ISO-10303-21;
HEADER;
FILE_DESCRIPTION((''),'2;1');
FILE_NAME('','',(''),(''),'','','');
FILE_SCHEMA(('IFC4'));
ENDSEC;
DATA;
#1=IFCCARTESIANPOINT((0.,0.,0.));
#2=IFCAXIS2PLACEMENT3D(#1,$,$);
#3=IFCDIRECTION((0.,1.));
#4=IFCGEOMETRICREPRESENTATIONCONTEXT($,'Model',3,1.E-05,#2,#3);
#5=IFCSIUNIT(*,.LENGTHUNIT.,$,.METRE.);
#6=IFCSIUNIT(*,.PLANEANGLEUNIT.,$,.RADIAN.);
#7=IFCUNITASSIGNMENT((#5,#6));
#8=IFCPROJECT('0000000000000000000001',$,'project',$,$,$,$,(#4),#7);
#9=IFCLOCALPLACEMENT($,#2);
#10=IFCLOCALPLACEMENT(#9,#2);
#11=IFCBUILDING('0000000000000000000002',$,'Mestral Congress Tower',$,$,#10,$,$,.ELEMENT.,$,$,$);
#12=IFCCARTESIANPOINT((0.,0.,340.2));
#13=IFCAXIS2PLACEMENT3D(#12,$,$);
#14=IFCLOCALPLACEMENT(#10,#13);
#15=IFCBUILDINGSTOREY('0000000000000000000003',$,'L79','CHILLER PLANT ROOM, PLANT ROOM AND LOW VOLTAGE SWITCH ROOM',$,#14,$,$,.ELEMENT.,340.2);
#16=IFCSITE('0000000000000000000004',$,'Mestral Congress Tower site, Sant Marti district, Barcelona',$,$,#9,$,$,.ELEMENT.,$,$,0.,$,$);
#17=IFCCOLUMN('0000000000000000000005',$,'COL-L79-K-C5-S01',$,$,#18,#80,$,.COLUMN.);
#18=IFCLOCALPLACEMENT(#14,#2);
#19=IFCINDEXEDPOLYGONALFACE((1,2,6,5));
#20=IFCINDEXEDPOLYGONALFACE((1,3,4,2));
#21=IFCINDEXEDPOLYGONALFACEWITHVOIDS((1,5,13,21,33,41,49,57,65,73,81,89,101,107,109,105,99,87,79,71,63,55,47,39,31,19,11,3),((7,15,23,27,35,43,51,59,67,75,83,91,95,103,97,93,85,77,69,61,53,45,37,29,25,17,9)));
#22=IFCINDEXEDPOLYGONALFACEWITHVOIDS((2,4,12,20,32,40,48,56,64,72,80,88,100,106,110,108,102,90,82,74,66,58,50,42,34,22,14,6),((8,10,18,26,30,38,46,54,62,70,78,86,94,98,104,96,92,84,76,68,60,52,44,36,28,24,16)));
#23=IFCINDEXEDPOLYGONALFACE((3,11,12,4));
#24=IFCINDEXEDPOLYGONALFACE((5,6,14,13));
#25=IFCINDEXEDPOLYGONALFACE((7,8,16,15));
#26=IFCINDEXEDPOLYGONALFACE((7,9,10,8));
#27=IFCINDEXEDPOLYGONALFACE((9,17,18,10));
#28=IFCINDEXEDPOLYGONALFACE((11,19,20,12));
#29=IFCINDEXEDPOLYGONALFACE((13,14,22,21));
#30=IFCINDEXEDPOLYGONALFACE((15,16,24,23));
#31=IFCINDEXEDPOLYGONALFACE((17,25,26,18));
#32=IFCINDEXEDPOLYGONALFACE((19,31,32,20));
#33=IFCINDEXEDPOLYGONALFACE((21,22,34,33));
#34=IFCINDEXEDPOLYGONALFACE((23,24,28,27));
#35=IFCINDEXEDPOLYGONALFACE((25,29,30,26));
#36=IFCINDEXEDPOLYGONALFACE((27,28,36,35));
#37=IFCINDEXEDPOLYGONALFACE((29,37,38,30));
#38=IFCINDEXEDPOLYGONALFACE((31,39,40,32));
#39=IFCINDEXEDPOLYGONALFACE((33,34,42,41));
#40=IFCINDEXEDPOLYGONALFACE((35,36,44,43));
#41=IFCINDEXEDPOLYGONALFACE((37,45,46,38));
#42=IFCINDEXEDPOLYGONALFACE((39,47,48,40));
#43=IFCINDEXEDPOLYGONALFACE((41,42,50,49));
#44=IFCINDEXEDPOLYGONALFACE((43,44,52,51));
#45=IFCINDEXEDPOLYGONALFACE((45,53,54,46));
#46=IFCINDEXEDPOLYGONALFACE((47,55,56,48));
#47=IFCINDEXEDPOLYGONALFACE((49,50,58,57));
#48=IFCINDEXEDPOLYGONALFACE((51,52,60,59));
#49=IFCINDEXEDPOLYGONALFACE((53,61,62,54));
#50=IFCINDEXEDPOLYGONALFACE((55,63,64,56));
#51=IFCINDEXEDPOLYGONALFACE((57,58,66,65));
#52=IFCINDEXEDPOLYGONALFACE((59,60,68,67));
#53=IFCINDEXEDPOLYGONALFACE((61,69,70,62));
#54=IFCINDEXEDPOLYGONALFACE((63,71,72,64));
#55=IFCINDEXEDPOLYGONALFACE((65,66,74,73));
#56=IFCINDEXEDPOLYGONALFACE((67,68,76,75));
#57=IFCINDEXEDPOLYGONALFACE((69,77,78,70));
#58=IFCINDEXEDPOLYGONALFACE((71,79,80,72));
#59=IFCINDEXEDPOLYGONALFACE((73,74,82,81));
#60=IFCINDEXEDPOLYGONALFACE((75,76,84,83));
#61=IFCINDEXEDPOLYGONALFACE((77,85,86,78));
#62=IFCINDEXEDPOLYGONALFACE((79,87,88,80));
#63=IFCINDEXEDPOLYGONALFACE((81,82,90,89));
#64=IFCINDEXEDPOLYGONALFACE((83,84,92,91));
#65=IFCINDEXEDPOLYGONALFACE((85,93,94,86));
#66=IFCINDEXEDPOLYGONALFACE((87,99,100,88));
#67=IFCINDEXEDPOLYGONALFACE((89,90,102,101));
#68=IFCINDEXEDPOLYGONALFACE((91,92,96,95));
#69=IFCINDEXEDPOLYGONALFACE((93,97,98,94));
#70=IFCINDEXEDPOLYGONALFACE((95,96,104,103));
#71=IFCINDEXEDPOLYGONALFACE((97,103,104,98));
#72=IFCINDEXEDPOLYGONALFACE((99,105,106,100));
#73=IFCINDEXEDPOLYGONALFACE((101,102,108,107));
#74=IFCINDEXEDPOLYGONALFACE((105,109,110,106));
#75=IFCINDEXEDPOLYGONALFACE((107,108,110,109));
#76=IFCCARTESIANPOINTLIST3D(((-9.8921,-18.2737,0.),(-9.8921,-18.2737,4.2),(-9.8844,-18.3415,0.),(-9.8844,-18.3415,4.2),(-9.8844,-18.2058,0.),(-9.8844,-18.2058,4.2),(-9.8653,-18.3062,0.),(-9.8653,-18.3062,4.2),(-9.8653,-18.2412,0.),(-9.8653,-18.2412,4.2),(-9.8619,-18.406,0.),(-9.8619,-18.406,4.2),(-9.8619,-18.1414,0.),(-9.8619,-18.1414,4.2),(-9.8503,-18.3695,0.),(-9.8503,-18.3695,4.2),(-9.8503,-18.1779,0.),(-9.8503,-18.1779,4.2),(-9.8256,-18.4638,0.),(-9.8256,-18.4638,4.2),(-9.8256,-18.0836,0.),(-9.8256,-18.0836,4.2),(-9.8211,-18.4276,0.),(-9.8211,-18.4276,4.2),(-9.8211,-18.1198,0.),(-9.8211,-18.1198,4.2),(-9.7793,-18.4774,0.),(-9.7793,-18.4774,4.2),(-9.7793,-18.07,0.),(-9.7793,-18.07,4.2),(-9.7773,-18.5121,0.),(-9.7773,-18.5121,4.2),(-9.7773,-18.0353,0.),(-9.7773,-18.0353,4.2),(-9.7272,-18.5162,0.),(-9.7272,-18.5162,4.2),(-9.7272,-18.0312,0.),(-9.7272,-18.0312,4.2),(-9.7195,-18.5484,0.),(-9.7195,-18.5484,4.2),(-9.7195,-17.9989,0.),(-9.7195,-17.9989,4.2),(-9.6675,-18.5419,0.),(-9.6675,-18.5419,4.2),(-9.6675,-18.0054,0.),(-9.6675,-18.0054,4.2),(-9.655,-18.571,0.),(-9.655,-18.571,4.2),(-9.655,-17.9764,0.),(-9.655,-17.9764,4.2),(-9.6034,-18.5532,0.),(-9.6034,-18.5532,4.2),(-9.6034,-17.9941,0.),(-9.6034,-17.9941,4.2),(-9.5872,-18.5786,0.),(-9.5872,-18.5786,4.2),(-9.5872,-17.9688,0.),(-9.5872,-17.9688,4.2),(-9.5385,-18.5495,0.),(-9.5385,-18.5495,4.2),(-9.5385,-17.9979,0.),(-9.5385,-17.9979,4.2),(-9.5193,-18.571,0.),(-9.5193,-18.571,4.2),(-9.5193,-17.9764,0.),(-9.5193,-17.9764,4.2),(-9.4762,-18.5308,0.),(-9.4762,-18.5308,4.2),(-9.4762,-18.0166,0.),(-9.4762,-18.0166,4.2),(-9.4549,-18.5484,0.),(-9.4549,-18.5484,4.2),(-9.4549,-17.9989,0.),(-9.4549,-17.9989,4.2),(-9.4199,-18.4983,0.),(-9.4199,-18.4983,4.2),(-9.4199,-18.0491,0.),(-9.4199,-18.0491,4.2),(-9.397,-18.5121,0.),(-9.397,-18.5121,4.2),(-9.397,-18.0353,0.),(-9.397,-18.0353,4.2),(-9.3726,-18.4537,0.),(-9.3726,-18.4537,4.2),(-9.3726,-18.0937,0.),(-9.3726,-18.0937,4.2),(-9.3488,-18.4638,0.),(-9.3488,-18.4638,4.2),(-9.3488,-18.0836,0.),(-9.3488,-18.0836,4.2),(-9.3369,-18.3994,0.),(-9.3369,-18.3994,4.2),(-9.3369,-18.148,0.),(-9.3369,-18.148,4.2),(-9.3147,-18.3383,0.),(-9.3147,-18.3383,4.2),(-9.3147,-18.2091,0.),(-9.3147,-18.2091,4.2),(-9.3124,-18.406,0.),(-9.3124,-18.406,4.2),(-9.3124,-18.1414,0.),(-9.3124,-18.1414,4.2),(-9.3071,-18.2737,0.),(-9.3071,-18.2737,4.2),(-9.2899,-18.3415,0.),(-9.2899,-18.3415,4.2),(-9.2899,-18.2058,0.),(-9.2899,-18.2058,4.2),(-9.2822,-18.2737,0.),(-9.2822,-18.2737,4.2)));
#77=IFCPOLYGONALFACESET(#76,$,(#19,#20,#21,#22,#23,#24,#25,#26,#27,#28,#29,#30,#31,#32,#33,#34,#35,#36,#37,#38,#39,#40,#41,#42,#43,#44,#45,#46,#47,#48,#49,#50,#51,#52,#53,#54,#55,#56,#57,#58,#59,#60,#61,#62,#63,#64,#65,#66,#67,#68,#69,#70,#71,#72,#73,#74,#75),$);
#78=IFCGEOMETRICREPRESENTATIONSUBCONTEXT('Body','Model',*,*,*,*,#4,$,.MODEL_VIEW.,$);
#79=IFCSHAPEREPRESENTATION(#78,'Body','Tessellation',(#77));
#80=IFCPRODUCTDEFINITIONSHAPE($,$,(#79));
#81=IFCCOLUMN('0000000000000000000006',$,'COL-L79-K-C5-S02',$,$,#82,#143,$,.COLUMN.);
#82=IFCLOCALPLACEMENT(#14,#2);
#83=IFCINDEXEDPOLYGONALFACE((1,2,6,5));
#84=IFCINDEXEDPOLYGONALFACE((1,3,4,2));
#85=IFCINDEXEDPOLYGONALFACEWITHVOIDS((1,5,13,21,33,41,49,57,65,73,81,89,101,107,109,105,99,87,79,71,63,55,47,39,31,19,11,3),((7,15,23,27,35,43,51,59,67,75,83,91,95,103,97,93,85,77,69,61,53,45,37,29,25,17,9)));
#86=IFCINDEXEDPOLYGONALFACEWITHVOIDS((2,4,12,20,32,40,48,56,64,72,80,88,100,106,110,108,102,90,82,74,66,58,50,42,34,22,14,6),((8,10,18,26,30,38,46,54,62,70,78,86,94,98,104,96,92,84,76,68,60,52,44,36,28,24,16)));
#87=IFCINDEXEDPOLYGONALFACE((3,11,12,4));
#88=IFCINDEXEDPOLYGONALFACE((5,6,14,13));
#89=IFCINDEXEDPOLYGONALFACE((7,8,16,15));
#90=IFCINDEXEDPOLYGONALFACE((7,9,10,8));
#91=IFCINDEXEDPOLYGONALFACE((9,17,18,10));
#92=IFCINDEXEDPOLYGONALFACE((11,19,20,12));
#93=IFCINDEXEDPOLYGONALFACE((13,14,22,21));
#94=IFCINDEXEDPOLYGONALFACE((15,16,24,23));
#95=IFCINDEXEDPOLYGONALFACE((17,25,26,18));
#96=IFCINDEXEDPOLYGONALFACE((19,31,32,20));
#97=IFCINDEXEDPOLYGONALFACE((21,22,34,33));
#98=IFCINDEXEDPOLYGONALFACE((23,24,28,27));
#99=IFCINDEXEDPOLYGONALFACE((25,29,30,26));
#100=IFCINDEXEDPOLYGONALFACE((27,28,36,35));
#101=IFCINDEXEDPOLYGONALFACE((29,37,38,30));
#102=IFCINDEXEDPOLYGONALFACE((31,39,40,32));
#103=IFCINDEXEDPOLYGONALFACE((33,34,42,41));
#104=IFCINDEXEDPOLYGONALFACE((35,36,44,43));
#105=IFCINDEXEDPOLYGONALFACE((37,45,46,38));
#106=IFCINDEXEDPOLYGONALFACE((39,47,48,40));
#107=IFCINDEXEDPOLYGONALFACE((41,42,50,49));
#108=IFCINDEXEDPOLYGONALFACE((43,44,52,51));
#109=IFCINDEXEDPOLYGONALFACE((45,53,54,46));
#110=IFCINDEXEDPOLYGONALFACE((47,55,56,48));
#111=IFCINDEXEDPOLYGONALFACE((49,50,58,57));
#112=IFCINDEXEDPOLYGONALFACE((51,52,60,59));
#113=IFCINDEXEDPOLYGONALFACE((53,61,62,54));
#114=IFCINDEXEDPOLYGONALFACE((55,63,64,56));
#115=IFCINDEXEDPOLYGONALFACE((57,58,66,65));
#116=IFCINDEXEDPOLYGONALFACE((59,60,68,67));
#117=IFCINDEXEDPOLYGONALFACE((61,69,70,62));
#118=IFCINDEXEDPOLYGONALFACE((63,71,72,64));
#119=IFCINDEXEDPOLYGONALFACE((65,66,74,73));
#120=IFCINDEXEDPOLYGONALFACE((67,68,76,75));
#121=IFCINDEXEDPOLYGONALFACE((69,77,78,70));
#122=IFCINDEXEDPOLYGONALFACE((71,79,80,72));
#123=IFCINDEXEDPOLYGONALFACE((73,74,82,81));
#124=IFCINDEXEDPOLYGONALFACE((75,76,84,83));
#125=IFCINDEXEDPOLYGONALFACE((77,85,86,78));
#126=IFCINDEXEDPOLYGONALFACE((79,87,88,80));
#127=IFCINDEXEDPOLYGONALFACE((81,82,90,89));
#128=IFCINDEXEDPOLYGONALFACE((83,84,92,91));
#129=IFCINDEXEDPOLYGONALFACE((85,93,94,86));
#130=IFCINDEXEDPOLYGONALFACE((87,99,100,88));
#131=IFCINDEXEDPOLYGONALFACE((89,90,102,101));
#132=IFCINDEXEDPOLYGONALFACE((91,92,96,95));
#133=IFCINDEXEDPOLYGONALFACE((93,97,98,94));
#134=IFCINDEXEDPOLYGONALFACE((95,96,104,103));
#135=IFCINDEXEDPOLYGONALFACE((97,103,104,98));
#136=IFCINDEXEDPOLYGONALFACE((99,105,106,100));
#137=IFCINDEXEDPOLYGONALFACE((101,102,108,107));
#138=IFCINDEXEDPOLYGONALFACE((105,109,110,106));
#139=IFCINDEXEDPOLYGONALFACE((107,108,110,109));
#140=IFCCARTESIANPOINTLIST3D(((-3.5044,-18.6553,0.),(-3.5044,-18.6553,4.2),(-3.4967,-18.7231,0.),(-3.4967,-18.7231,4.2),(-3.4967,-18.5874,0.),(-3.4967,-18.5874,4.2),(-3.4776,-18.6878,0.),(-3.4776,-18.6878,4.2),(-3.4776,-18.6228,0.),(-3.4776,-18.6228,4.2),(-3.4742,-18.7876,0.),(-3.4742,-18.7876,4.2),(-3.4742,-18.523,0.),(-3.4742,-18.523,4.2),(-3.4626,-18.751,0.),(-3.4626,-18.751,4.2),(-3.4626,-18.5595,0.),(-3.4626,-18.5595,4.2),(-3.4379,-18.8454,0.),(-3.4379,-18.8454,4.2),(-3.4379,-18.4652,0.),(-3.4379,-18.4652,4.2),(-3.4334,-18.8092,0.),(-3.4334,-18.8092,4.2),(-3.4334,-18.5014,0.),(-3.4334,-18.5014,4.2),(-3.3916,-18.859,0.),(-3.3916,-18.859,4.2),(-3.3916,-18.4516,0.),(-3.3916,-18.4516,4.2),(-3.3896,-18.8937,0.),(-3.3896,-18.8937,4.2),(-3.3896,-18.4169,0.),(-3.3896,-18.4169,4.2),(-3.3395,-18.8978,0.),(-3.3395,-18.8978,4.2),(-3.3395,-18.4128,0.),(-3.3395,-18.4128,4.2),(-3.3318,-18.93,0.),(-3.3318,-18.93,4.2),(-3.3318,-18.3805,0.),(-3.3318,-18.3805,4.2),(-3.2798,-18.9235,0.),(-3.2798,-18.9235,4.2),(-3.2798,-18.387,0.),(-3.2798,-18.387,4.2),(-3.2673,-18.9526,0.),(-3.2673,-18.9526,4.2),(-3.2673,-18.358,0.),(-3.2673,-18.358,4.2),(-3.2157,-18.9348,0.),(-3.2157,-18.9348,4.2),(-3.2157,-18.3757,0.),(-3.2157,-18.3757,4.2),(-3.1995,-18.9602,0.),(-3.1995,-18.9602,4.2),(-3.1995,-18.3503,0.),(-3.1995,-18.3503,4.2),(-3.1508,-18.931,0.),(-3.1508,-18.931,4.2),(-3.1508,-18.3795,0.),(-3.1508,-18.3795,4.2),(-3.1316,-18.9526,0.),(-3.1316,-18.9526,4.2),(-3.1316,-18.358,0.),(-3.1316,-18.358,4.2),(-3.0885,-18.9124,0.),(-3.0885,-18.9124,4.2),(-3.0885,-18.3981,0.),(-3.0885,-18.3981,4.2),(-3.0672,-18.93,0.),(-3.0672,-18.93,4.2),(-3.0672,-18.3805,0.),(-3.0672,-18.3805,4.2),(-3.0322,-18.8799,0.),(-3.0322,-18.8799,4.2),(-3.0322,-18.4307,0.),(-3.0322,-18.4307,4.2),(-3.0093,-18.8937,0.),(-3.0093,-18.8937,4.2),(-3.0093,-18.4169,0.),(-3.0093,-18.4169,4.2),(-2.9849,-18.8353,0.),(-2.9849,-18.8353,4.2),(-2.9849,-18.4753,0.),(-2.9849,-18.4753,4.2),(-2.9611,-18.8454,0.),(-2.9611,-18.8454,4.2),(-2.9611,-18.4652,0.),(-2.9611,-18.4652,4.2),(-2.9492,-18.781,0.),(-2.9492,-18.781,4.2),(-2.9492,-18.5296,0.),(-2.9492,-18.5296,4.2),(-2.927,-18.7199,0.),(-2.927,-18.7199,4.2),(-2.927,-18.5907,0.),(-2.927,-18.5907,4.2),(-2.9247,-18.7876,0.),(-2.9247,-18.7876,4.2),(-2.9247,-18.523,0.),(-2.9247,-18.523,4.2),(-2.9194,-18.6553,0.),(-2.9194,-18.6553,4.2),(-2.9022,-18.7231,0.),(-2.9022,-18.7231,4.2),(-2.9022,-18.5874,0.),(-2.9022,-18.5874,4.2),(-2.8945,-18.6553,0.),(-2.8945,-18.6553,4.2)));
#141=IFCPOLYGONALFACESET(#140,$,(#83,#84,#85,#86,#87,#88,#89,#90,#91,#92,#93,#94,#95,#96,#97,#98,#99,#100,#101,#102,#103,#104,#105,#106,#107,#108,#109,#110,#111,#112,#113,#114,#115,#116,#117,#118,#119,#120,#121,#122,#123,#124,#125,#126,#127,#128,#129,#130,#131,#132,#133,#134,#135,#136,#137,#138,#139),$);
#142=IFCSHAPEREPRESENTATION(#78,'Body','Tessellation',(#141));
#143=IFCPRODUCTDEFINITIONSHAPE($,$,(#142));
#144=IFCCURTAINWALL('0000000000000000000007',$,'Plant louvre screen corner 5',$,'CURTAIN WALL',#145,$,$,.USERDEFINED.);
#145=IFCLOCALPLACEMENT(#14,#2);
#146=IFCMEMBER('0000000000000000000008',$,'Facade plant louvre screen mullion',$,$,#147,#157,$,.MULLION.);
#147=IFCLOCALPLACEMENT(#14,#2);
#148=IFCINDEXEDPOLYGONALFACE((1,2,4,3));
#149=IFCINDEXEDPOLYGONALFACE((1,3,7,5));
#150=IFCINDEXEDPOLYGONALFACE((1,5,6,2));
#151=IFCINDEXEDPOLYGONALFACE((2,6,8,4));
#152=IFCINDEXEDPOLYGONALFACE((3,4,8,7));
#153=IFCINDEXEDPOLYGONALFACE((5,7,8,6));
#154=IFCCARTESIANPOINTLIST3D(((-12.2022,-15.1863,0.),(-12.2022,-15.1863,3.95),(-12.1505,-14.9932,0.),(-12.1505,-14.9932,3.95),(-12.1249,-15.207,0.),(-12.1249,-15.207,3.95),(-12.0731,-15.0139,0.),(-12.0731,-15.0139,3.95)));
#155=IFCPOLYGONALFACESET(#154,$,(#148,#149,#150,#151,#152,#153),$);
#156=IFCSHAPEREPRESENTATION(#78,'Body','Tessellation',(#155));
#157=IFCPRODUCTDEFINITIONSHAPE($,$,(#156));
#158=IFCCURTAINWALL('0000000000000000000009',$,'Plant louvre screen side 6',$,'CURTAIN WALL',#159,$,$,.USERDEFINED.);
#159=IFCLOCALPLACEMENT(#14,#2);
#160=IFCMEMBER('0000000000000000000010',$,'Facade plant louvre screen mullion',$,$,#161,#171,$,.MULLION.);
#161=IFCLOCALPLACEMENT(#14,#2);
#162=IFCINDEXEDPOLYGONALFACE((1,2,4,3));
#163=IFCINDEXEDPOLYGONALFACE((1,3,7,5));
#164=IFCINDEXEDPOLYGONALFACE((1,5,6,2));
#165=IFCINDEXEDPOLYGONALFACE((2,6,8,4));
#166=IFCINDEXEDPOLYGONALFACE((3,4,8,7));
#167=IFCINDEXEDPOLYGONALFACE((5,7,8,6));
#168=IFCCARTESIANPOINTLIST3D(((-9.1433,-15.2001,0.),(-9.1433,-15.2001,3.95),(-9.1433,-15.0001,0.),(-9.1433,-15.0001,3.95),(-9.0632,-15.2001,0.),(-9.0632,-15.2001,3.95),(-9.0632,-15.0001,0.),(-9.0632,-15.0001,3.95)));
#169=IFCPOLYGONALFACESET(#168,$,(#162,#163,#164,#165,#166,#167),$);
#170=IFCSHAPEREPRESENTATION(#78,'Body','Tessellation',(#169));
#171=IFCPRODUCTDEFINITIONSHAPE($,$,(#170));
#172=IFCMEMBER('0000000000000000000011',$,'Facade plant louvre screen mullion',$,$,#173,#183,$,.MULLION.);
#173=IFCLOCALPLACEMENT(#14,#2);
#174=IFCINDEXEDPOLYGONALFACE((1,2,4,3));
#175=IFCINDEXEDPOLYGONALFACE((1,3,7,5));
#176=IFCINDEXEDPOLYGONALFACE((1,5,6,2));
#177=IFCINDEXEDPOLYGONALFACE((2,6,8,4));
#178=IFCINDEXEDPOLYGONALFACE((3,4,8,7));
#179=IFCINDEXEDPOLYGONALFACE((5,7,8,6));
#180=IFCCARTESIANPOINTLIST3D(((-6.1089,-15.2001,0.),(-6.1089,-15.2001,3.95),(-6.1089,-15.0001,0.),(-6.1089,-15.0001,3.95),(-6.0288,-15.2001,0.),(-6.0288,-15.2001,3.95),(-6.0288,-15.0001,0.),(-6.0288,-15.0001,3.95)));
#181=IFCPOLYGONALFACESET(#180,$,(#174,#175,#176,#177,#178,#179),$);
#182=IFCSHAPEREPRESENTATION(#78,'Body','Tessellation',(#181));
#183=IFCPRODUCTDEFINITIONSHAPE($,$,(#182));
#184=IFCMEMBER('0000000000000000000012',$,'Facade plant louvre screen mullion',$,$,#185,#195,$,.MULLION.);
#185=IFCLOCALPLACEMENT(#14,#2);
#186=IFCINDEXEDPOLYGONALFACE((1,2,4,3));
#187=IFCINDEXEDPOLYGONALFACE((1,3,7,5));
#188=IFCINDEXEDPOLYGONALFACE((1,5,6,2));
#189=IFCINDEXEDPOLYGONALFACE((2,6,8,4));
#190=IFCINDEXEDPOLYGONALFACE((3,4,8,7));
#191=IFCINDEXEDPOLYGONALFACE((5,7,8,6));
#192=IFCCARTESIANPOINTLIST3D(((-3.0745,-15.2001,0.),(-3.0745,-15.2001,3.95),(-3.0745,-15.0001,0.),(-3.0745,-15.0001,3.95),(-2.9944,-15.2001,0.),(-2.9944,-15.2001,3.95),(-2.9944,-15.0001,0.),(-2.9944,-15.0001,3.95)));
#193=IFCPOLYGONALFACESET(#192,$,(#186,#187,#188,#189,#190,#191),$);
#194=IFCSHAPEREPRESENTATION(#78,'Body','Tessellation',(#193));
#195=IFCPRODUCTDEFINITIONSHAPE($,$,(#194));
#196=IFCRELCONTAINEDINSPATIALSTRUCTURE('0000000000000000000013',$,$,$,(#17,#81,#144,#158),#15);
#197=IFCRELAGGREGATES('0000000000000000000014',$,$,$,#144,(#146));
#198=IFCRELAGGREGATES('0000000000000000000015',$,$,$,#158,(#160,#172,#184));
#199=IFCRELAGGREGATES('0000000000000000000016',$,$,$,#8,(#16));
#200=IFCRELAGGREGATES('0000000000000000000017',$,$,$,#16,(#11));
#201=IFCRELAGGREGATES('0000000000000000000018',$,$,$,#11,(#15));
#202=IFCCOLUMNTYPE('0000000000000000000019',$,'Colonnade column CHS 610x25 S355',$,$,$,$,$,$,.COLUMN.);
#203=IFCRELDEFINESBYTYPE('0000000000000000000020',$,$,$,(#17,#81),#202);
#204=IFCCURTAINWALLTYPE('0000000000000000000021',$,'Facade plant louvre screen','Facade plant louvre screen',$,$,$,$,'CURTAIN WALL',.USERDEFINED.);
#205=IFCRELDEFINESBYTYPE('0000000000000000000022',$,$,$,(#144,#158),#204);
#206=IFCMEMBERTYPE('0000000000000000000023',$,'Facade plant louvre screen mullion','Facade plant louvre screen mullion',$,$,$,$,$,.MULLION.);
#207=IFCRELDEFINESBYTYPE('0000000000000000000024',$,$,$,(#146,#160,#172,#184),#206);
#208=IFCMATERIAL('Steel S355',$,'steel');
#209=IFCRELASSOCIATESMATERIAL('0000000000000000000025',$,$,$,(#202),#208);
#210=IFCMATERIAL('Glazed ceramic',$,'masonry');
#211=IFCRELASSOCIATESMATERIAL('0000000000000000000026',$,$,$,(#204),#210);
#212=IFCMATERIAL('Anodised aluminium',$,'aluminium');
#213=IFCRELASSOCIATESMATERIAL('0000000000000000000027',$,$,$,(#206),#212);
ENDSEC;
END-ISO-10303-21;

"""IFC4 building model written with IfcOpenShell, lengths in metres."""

from ifc_helpers import new_model, si_unit, direction, frame, origin, origin_2d, place, context, subcontext, project, spatial, rectangle, hollow_circle, extrude, material, material_profile, profile_set, type_object, element, aggregate, save


model = new_model("IFC4")

# Units and contexts
model_context = context("Model", 3, precision=1e-05, world=origin(), true_north=direction((0.0, 1.0)))
body_context = subcontext(model_context, "Body", "Model", "MODEL_VIEW")
ifc_project = project(units=[si_unit("LENGTHUNIT", "METRE"), si_unit("PLANEANGLEUNIT", "RADIAN")], contexts=[model_context])

# Site, building, storey
site_placement = place(None, origin())
site = spatial("IfcSite", under=ifc_project, at=site_placement, Name="Mestral Congress Tower site, Sant Marti district, Barcelona", CompositionType="ELEMENT", RefElevation=0.0)
building_placement = place(site_placement, origin())
building = spatial("IfcBuilding", under=site, at=building_placement, Name="Mestral Congress Tower", CompositionType="ELEMENT")
storey_placement = place(building_placement, frame((0.0, 0.0, 340.2)))
storey = spatial("IfcBuildingStorey", under=building, at=storey_placement, Name="L79", Description="CHILLER PLANT ROOM, PLANT ROOM AND LOW VOLTAGE SWITCH ROOM", CompositionType="ELEMENT", Elevation=340.2)

# Columns
ifc_material_1 = material(Name="Steel S355", Category="steel")
ifc_material_profile_1 = material_profile(ifc_material_1, hollow_circle(Radius=0.3049, WallThickness=0.0249, at=origin_2d()), Name="CHS 610x25")
ifc_profile_set_1 = profile_set([ifc_material_profile_1], Name="Steel S355")
column_type = type_object("IfcColumnType", Name="Colonnade column CHS 610x25 S355", PredefinedType="COLUMN", material=ifc_profile_set_1)
for number, where, z_axis, x_axis, name in (
    (1, (-9.5872, -18.2737, 0.0), (0.0, 0.0, 1.0), (1.0, 0.0, 0.0), "COL-L79-K-C5-S01"),
    (2, (-3.1995, -18.6553, 0.0), (0.0, 0.0, 1.0), (1.0, 0.0, 0.0), "COL-L79-K-C5-S02"),
):
    element("IfcColumn", number, at=place(storey_placement, frame(where, z_axis=z_axis, x_axis=x_axis)), inside=storey, type_object=column_type, Name=name, PredefinedType="COLUMN", context=body_context, shape_type="SweptSolid", body=[
        extrude(hollow_circle(Radius=0.3049, WallThickness=0.0249, at=origin_2d()), origin(), (0.0, 0.0, 1.0), 4.2),
    ])

# Curtain wall, member
ifc_material_2 = material(Name="Glazed ceramic", Category="masonry")
curtain_wall_type = type_object("IfcCurtainWallType", Name="Facade plant louvre screen", Description="Facade plant louvre screen", ElementType="CURTAIN WALL", PredefinedType="USERDEFINED", material=ifc_material_2)
placement = place(storey_placement, origin())
curtain_wall_1 = element("IfcCurtainWall", 3, at=placement, inside=storey, type_object=curtain_wall_type, Name="Plant louvre screen corner 5", ObjectType="CURTAIN WALL", PredefinedType="USERDEFINED")
ifc_material_3 = material(Name="Anodised aluminium", Category="aluminium")
ifc_material_profile_2 = material_profile(ifc_material_3, rectangle(XDim=0.2, YDim=0.0801, at=origin_2d()), Name="CW6 mullion 200 x 80")
ifc_profile_set_2 = profile_set([ifc_material_profile_2], Name="Anodised aluminium")
member_type_1 = type_object("IfcMemberType", Name="Facade plant louvre screen mullion", Description="Facade plant louvre screen mullion", PredefinedType="MULLION", material=ifc_profile_set_2)
member_1_placement = place(storey_placement, frame((-12.1377, -15.1001, 0.0), z_axis=(0.0, 0.0, 1.0), x_axis=(-0.258819, -0.965926, 0.0)))
member_1 = element("IfcMember", 4, at=member_1_placement, type_object=member_type_1, Name="Facade plant louvre screen mullion", PredefinedType="MULLION", context=body_context, shape_type="SweptSolid", body=[
    extrude(rectangle(XDim=0.2, YDim=0.0801, at=origin_2d()), origin(), (0.0, 0.0, 1.0), 3.95),
])
aggregate(curtain_wall_1, [member_1])

# Curtain wall, members
curtain_wall_2 = element("IfcCurtainWall", 5, at=placement, inside=storey, type_object=curtain_wall_type, Name="Plant louvre screen side 6", ObjectType="CURTAIN WALL", PredefinedType="USERDEFINED")
member_2_placement = place(storey_placement, frame((-9.1033, -15.1001, 0.0), z_axis=(0.0, 0.0, 1.0), x_axis=(0.0, -1.0, 0.0)))
member_2 = element("IfcMember", 6, at=member_2_placement, type_object=member_type_1, Name="Facade plant louvre screen mullion", PredefinedType="MULLION", context=body_context, shape_type="SweptSolid", body=[
    extrude(rectangle(XDim=0.2, YDim=0.0801, at=origin_2d()), origin(), (0.0, 0.0, 1.0), 3.95),
])
member_3_placement = place(storey_placement, frame((-6.0688, -15.1001, 0.0), z_axis=(0.0, 0.0, 1.0), x_axis=(0.0, -1.0, 0.0)))
member_3 = element("IfcMember", 7, at=member_3_placement, type_object=member_type_1, Name="Facade plant louvre screen mullion", PredefinedType="MULLION", context=body_context, shape_type="SweptSolid", body=[
    extrude(rectangle(XDim=0.2, YDim=0.0801, at=origin_2d()), origin(), (0.0, 0.0, 1.0), 3.95),
])
member_4_placement = place(storey_placement, frame((-3.0344, -15.1001, 0.0), z_axis=(0.0, 0.0, 1.0), x_axis=(0.0, -1.0, 0.0)))
member_4 = element("IfcMember", 8, at=member_4_placement, type_object=member_type_1, Name="Facade plant louvre screen mullion", PredefinedType="MULLION", context=body_context, shape_type="SweptSolid", body=[
    extrude(rectangle(XDim=0.2, YDim=0.0801, at=origin_2d()), origin(), (0.0, 0.0, 1.0), 3.95),
])

aggregate(curtain_wall_2, [member_2, member_3, member_4])

save(model, "model.ifc")
